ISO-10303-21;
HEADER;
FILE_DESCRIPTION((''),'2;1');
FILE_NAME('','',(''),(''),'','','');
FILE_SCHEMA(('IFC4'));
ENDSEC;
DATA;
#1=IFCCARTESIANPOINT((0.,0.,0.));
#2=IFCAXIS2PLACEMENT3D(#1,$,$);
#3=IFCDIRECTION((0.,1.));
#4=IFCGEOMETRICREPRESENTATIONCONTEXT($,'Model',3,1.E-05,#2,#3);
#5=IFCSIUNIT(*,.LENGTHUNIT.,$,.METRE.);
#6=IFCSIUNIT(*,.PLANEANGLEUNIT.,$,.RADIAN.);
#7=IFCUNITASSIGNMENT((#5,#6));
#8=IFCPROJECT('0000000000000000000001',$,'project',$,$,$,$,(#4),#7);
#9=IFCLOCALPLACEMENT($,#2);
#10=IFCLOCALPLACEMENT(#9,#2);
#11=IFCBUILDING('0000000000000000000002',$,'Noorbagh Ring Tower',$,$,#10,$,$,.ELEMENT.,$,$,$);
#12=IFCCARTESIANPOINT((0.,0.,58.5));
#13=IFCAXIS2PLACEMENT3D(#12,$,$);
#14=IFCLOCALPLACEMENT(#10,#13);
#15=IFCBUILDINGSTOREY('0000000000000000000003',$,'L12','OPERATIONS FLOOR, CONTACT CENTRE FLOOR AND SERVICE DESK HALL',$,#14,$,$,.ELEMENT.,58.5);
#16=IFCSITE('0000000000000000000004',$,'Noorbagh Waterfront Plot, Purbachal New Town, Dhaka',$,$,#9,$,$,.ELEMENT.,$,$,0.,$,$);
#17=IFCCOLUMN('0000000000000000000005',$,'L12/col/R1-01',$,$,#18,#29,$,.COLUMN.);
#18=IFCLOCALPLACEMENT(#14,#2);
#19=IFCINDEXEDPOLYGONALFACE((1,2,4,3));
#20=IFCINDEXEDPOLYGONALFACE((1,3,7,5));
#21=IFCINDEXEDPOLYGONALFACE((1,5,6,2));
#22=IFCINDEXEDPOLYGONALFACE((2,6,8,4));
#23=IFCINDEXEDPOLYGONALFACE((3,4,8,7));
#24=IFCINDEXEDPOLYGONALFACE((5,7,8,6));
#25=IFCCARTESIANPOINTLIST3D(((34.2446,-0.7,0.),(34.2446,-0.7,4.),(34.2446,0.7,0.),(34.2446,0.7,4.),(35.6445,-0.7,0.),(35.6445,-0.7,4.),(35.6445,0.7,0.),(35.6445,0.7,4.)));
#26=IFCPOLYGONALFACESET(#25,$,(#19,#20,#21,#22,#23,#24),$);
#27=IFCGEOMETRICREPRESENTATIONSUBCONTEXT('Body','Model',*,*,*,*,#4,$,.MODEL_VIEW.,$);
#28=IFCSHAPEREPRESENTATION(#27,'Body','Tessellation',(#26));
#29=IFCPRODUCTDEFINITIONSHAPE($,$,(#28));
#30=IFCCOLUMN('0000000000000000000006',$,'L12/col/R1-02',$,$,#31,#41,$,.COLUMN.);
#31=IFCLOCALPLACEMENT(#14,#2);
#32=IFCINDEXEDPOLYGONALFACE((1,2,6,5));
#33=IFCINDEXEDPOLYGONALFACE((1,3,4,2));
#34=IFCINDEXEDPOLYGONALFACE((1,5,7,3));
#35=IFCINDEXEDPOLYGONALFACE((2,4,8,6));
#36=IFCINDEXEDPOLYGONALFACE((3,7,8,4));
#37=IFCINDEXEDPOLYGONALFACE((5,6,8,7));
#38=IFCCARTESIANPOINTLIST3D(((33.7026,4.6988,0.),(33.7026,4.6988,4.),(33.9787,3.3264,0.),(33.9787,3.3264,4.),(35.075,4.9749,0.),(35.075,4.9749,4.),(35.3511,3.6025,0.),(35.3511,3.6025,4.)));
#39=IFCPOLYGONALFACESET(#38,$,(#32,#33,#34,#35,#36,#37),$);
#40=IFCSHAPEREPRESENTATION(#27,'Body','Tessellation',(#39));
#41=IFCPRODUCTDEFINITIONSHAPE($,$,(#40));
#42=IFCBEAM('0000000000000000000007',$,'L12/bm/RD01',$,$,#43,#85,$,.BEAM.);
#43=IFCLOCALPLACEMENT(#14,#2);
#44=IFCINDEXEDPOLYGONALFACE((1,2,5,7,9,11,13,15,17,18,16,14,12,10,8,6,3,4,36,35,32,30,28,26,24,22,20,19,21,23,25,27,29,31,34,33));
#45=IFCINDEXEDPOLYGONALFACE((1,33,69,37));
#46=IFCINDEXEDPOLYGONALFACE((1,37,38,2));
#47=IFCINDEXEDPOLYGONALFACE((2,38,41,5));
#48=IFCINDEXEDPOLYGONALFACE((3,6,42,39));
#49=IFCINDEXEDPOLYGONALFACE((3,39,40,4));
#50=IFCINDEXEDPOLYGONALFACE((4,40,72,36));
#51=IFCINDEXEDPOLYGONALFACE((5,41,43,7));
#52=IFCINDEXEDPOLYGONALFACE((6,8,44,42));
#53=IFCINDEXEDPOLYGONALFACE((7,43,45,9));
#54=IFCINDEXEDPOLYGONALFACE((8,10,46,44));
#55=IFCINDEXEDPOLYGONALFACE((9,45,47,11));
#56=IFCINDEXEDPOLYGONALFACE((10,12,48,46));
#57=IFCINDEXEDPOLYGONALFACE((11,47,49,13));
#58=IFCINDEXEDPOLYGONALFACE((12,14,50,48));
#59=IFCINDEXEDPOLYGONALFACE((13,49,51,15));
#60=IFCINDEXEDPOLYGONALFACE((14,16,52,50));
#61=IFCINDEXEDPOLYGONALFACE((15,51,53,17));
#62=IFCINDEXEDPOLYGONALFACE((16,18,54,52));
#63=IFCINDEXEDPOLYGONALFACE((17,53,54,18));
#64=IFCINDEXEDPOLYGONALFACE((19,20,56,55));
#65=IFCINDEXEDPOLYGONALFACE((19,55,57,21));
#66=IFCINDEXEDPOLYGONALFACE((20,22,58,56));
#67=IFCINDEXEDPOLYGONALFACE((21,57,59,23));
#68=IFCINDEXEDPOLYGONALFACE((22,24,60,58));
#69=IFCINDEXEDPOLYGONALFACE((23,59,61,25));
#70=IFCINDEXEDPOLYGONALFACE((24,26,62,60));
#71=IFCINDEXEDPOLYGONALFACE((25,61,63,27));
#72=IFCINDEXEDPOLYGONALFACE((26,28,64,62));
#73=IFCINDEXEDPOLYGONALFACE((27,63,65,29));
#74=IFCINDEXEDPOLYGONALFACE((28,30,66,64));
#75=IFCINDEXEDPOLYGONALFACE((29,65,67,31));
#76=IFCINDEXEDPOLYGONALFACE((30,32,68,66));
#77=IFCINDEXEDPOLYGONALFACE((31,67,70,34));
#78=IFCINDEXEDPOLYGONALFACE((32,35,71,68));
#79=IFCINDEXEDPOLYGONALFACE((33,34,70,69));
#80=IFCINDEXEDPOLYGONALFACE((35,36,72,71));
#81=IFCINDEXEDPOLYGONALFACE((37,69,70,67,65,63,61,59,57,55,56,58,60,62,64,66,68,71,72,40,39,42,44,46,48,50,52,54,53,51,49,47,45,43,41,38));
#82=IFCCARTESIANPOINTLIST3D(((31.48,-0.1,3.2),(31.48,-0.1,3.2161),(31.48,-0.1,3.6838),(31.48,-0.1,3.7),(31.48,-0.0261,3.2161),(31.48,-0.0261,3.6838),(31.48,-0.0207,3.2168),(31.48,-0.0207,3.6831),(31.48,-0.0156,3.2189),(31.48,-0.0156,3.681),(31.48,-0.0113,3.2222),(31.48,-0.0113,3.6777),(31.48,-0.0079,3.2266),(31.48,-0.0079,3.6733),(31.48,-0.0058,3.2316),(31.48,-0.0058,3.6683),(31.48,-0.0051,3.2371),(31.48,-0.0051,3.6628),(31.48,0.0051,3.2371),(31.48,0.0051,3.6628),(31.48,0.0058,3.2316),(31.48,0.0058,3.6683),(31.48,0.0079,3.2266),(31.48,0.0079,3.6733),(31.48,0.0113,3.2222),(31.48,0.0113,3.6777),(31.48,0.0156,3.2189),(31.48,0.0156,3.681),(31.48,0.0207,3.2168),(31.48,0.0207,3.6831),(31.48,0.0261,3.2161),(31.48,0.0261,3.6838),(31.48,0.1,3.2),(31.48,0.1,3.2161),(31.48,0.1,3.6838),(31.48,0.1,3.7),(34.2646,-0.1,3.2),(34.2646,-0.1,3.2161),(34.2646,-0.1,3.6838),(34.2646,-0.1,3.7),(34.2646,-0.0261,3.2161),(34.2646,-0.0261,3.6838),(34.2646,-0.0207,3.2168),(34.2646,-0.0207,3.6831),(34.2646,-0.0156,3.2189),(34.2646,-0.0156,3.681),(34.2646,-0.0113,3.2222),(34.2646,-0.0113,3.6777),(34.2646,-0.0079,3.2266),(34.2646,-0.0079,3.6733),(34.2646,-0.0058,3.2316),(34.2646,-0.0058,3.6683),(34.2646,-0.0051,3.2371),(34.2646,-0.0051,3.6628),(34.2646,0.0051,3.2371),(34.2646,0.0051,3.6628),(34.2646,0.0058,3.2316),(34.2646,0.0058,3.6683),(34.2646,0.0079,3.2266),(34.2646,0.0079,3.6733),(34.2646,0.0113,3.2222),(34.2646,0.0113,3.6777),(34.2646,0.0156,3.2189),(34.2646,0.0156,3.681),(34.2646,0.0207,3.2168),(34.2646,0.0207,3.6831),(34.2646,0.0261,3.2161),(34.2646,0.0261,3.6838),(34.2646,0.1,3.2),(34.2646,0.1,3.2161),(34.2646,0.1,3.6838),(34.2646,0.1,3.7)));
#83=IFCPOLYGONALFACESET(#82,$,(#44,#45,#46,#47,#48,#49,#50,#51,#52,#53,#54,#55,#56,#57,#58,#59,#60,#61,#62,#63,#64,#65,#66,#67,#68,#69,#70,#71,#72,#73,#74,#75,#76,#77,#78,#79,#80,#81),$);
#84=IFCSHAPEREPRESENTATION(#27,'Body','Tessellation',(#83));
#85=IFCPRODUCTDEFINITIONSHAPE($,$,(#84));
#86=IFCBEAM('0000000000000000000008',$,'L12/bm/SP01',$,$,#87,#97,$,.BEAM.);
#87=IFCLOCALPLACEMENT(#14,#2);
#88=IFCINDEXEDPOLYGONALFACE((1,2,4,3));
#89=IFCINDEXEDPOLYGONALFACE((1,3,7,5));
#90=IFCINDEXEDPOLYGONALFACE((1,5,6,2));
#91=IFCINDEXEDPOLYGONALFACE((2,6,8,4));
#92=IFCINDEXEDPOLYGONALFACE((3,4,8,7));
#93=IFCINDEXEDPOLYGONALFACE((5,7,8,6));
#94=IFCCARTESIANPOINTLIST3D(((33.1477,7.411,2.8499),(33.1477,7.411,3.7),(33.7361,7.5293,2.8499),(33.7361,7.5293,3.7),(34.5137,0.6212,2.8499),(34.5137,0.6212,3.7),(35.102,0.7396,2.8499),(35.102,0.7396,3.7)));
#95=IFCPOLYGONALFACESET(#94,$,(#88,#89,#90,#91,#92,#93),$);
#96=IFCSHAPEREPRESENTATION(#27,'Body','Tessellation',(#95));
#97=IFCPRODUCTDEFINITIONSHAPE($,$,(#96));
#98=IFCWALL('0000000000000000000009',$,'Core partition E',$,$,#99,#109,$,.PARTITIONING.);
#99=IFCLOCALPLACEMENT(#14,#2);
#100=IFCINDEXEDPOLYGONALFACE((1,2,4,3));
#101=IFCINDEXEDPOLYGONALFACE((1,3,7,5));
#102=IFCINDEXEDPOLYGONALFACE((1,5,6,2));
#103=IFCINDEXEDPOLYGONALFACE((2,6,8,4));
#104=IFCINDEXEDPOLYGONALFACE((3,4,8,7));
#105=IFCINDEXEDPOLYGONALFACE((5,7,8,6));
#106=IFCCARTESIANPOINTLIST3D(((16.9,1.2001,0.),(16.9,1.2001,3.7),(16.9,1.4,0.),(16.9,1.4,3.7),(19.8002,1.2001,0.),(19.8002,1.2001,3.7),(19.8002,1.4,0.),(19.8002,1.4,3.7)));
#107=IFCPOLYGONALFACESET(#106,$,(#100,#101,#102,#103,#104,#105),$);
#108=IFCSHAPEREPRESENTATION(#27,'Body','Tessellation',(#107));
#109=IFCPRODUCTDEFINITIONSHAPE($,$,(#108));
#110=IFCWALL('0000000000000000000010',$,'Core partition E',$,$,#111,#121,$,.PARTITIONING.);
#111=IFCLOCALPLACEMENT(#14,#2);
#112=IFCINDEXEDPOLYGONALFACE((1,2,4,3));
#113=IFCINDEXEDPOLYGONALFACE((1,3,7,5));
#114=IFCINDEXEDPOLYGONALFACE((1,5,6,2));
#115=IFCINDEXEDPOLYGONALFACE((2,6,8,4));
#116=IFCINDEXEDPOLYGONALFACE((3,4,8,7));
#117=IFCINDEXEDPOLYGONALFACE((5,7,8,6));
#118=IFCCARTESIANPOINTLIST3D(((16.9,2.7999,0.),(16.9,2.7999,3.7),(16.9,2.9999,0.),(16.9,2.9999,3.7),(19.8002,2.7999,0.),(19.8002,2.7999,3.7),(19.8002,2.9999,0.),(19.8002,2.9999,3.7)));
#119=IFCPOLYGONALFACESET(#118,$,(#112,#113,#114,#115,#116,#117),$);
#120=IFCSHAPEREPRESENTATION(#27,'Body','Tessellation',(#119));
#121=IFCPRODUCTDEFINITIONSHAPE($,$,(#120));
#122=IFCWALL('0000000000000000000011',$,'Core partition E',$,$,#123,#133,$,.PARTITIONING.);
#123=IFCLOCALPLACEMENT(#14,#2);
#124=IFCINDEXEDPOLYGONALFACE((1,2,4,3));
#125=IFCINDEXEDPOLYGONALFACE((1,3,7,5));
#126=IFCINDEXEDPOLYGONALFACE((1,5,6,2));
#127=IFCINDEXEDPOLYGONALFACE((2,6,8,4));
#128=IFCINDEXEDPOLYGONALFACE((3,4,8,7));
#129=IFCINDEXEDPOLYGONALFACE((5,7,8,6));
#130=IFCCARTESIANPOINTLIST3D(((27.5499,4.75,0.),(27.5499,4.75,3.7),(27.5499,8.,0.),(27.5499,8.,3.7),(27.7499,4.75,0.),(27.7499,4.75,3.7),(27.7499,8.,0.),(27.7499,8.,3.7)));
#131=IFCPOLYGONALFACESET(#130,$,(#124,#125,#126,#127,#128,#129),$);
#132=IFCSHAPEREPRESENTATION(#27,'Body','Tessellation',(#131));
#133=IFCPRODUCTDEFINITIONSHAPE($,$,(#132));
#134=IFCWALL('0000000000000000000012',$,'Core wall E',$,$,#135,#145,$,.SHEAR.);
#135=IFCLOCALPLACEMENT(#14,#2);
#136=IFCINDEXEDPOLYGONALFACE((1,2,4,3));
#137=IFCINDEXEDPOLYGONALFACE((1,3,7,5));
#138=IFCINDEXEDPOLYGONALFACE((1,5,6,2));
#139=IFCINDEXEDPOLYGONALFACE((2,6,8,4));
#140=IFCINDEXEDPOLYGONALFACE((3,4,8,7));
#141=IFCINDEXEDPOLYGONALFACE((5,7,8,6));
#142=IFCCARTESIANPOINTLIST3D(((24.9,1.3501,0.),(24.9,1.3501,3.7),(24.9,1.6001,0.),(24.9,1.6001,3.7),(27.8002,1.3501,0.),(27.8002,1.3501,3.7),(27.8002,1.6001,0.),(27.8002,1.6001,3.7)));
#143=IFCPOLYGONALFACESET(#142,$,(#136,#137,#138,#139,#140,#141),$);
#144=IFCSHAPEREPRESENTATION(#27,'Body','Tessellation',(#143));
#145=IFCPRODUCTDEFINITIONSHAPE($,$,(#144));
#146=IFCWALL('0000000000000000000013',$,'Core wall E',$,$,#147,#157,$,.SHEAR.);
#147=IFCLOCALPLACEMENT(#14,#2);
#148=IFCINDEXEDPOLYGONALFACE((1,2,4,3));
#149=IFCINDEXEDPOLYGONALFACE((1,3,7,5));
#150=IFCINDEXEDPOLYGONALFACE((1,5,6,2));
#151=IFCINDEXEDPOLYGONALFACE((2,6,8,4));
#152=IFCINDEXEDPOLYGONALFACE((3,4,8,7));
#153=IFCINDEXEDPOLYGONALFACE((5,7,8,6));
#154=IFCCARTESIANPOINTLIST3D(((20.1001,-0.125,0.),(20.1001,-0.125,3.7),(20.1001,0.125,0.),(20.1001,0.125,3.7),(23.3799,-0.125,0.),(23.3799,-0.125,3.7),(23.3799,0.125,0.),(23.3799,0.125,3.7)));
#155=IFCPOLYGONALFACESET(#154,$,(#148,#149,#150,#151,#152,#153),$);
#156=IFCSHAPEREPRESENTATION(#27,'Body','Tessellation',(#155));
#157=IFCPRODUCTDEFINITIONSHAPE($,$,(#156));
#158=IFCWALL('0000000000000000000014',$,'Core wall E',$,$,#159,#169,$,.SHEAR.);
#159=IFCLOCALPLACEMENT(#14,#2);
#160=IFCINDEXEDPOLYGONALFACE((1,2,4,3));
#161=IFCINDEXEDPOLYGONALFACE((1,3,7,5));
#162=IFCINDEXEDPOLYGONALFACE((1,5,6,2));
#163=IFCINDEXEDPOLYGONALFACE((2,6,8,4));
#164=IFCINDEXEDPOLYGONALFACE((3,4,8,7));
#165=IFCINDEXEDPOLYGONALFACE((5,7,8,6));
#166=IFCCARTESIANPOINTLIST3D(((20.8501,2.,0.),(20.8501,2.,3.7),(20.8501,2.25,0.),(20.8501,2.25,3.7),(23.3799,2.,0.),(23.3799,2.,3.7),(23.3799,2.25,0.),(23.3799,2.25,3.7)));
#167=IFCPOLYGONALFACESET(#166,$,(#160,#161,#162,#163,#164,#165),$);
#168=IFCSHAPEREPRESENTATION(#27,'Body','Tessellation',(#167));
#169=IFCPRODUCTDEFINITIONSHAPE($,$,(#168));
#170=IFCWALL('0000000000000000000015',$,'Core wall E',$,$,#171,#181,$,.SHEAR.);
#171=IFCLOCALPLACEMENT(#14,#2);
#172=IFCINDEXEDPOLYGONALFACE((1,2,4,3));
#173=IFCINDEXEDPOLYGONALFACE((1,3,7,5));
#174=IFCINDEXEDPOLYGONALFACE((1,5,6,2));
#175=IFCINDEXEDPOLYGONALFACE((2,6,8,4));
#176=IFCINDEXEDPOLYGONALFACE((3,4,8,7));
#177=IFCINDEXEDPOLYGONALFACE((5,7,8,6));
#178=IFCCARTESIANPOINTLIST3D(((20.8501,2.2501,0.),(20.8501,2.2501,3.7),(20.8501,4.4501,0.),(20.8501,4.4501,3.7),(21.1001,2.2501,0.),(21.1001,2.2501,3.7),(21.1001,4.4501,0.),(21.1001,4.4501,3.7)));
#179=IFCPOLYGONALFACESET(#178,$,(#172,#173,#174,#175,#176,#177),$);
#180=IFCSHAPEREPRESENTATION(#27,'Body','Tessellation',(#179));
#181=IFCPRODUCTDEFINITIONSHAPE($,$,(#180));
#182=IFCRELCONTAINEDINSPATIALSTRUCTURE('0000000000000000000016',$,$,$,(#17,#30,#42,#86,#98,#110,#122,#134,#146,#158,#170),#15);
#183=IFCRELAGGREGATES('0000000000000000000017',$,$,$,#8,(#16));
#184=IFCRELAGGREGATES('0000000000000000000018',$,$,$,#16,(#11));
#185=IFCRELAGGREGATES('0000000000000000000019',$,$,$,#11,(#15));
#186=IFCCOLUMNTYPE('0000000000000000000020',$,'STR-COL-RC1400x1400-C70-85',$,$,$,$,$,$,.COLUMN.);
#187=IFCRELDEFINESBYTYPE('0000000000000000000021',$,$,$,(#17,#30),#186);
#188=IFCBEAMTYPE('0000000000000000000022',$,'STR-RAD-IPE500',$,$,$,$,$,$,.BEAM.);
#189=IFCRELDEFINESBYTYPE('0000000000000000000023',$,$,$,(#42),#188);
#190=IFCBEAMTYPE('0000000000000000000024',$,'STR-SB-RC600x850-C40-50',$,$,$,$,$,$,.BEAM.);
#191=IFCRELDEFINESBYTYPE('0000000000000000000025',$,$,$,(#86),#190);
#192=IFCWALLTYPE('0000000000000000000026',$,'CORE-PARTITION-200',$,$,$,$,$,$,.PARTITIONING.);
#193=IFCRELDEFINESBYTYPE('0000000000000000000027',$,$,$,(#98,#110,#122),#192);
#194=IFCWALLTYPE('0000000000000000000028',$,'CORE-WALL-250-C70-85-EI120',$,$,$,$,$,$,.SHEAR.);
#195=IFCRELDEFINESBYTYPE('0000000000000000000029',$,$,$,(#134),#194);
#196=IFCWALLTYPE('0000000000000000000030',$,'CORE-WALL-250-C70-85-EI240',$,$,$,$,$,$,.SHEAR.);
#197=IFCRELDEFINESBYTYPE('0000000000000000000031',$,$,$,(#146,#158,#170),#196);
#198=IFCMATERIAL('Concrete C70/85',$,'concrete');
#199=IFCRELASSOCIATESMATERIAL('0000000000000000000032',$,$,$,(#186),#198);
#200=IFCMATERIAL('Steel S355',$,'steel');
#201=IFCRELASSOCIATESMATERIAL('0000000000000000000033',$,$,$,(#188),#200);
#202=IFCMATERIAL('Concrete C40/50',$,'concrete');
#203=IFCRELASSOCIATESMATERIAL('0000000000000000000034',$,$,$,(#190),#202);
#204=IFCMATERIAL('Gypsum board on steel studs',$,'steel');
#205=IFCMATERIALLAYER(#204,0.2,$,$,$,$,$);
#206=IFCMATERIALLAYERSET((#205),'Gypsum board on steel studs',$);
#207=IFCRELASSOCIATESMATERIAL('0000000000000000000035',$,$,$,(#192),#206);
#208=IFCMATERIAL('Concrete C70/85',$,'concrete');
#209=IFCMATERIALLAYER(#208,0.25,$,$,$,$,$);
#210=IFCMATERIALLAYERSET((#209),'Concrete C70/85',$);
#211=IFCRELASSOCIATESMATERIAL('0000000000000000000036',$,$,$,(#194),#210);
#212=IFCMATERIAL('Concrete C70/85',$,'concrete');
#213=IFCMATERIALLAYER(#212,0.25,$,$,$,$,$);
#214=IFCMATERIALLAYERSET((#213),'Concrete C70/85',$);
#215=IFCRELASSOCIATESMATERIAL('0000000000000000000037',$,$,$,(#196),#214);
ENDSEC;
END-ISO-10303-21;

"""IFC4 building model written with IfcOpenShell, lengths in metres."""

from ifc_helpers import new_model, si_unit, direction, frame, frame_2d, origin, origin_2d, place, context, subcontext, project, spatial, rectangle, i_section, extrude, material, layer, layer_set, material_profile, profile_set, type_object, element, save


model = new_model("IFC4")

# Units and contexts
model_context = context("Model", 3, precision=1e-05, world=origin(), true_north=direction((0.0, 1.0)))
body_context = subcontext(model_context, "Body", "Model", "MODEL_VIEW")
ifc_project = project(units=[si_unit("LENGTHUNIT", "METRE"), si_unit("PLANEANGLEUNIT", "RADIAN")], contexts=[model_context])

# Site, building, storey
site_placement = place(None, origin())
site = spatial("IfcSite", under=ifc_project, at=site_placement, Name="Noorbagh Waterfront Plot, Purbachal New Town, Dhaka", CompositionType="ELEMENT", RefElevation=0.0)
building_placement = place(site_placement, origin())
building = spatial("IfcBuilding", under=site, at=building_placement, Name="Noorbagh Ring Tower", CompositionType="ELEMENT")
storey_placement = place(building_placement, frame((0.0, 0.0, 58.5)))
storey = spatial("IfcBuildingStorey", under=building, at=storey_placement, Name="L12", Description="OPERATIONS FLOOR, CONTACT CENTRE FLOOR AND SERVICE DESK HALL", CompositionType="ELEMENT", Elevation=58.5)

# Columns
ifc_material_1 = material(Name="Concrete C70/85", Category="concrete")
ifc_material_profile_1 = material_profile(ifc_material_1, rectangle(XDim=1.3999, YDim=1.3999, at=origin_2d()), Name="RC1400x1400")
ifc_profile_set_1 = profile_set([ifc_material_profile_1], Name="Concrete C70/85")
column_type = type_object("IfcColumnType", Name="STR-COL-RC1400x1400-C70-85", PredefinedType="COLUMN", material=ifc_profile_set_1)
for number, where, z_axis, x_axis, name in (
    (1, (34.9446, 0.0, 0.0), (0.0, 0.0, 1.0), (0.0, 1.0, 0.0), "L12/col/R1-01"),
    (2, (34.5269, 4.1506, 0.0), (0.0, 0.0, 1.0), (-0.19723, 0.980357, 0.0), "L12/col/R1-02"),
):
    element("IfcColumn", number, at=place(storey_placement, frame(where, z_axis=z_axis, x_axis=x_axis)), inside=storey, type_object=column_type, Name=name, PredefinedType="COLUMN", context=body_context, shape_type="SweptSolid", body=[
        extrude(rectangle(XDim=1.3999, YDim=1.3999, at=origin_2d()), origin(), (0.0, 0.0, 1.0), 4.0),
    ])

# Beams
ifc_material_2 = material(Name="Steel S355", Category="steel")
ifc_material_profile_2 = material_profile(ifc_material_2, i_section(OverallWidth=0.2, OverallDepth=0.5, WebThickness=0.0103, FlangeThickness=0.0161, FilletRadius=0.021, at=origin_2d()), Name="IPE500")
ifc_profile_set_2 = profile_set([ifc_material_profile_2], Name="Steel S355")
beam_type_1 = type_object("IfcBeamType", Name="STR-RAD-IPE500", PredefinedType="BEAM", material=ifc_profile_set_2)
beam_1_placement = place(storey_placement, frame((34.2646, 0.0, 3.45), z_axis=(-1.0, 0.0, 0.0), x_axis=(0.0, -1.0, 0.0)))
element("IfcBeam", 3, at=beam_1_placement, inside=storey, type_object=beam_type_1, Name="L12/bm/RD01", PredefinedType="BEAM", context=body_context, shape_type="SweptSolid", body=[
    extrude(i_section(OverallWidth=0.2, OverallDepth=0.5, WebThickness=0.0103, FlangeThickness=0.0161, FilletRadius=0.021, at=origin_2d()), origin(), (0.0, 0.0, 1.0), 2.7847),
])
ifc_material_3 = material(Name="Concrete C40/50", Category="concrete")
ifc_material_profile_3 = material_profile(ifc_material_3, rectangle(XDim=0.6001, YDim=0.8501, at=origin_2d()), Name="RC600x850")
ifc_profile_set_3 = profile_set([ifc_material_profile_3], Name="Concrete C40/50")
beam_type_2 = type_object("IfcBeamType", Name="STR-SB-RC600x850-C40-50", PredefinedType="BEAM", material=ifc_profile_set_3)
beam_2_placement = place(storey_placement, frame((34.8079, 0.6804, 3.2749), z_axis=(-0.197228, 0.980358, 0.0), x_axis=(-0.980358, -0.197228, 0.0)))
element("IfcBeam", 4, at=beam_2_placement, inside=storey, type_object=beam_type_2, Name="L12/bm/SP01", PredefinedType="BEAM", context=body_context, shape_type="SweptSolid", body=[
    extrude(rectangle(XDim=0.6001, YDim=0.8501, at=origin_2d()), origin(), (0.0, 0.0, 1.0), 6.9258),
])

# Walls
ifc_material_4 = material(Name="Gypsum board on steel studs", Category="steel")
ifc_layer_1 = layer(ifc_material_4, 0.2)
ifc_layer_set_1 = layer_set([ifc_layer_1], Name="Gypsum board on steel studs")
wall_type_1 = type_object("IfcWallType", Name="CORE-PARTITION-200", PredefinedType="PARTITIONING", material=ifc_layer_set_1)
for number, where, z_axis, x_axis, name in (
    (5, (16.8999, 1.3, 0.0), (0.0, 0.0, 1.0), (1.0, 0.0, 0.0), "Core partition E"),
    (6, (16.8999, 2.8999, 0.0), (0.0, 0.0, 1.0), (1.0, 0.0, 0.0), "Core partition E"),
):
    element("IfcWall", number, at=place(storey_placement, frame(where, z_axis=z_axis, x_axis=x_axis)), inside=storey, type_object=wall_type_1, Name=name, PredefinedType="PARTITIONING", context=body_context, shape_type="SweptSolid", body=[
        extrude(rectangle(XDim=2.9001, YDim=0.2, at=frame_2d((1.4502, 0.0))), origin(), (0.0, 0.0, 1.0), 3.7),
    ])
wall_1_placement = place(storey_placement, frame((27.6499, 4.75, 0.0), z_axis=(0.0, 0.0, 1.0), x_axis=(0.0, 1.0, 0.0)))
element("IfcWall", 7, at=wall_1_placement, inside=storey, type_object=wall_type_1, Name="Core partition E", PredefinedType="PARTITIONING", context=body_context, shape_type="SweptSolid", body=[
    extrude(rectangle(XDim=3.25, YDim=0.2, at=frame_2d((1.625, 0.0))), origin(), (0.0, 0.0, 1.0), 3.7),
])
ifc_material_5 = material(Name="Concrete C70/85", Category="concrete")
ifc_layer_2 = layer(ifc_material_5, 0.25)
ifc_layer_set_2 = layer_set([ifc_layer_2], Name="Concrete C70/85")
wall_type_2 = type_object("IfcWallType", Name="CORE-WALL-250-C70-85-EI120", PredefinedType="SHEAR", material=ifc_layer_set_2)
wall_2_placement = place(storey_placement, frame((24.8999, 1.4751, 0.0), z_axis=(0.0, 0.0, 1.0), x_axis=(1.0, 0.0, 0.0)))
element("IfcWall", 8, at=wall_2_placement, inside=storey, type_object=wall_type_2, Name="Core wall E", PredefinedType="SHEAR", context=body_context, shape_type="SweptSolid", body=[
    extrude(rectangle(XDim=2.9001, YDim=0.25, at=frame_2d((1.4502, 0.0))), origin(), (0.0, 0.0, 1.0), 3.7),
])
ifc_material_6 = material(Name="Concrete C70/85", Category="concrete")
ifc_layer_3 = layer(ifc_material_6, 0.25)
ifc_layer_set_3 = layer_set([ifc_layer_3], Name="Concrete C70/85")
wall_type_3 = type_object("IfcWallType", Name="CORE-WALL-250-C70-85-EI240", PredefinedType="SHEAR", material=ifc_layer_set_3)
wall_3_placement = place(storey_placement, frame((20.1001, 0.0, 0.0), z_axis=(0.0, 0.0, 1.0), x_axis=(1.0, 0.0, 0.0)))
element("IfcWall", 9, at=wall_3_placement, inside=storey, type_object=wall_type_3, Name="Core wall E", PredefinedType="SHEAR", context=body_context, shape_type="SweptSolid", body=[
    extrude(rectangle(XDim=3.2798, YDim=0.25, at=frame_2d((1.6399, 0.0))), origin(), (0.0, 0.0, 1.0), 3.7),
])
wall_4_placement = place(storey_placement, frame((20.8501, 2.125, 0.0), z_axis=(0.0, 0.0, 1.0), x_axis=(1.0, 0.0, 0.0)))
element("IfcWall", 10, at=wall_4_placement, inside=storey, type_object=wall_type_3, Name="Core wall E", PredefinedType="SHEAR", context=body_context, shape_type="SweptSolid", body=[
    extrude(rectangle(XDim=2.5298, YDim=0.25, at=frame_2d((1.2649, 0.0))), origin(), (0.0, 0.0, 1.0), 3.7),
])
wall_5_placement = place(storey_placement, frame((20.9751, 2.25, 0.0), z_axis=(0.0, 0.0, 1.0), x_axis=(0.0, 1.0, 0.0)))
element("IfcWall", 11, at=wall_5_placement, inside=storey, type_object=wall_type_3, Name="Core wall E", PredefinedType="SHEAR", context=body_context, shape_type="SweptSolid", body=[
    extrude(rectangle(XDim=2.2, YDim=0.25, at=frame_2d((1.1001, 0.0))), origin(), (0.0, 0.0, 1.0), 3.7),
])

save(model, "model.ifc")
